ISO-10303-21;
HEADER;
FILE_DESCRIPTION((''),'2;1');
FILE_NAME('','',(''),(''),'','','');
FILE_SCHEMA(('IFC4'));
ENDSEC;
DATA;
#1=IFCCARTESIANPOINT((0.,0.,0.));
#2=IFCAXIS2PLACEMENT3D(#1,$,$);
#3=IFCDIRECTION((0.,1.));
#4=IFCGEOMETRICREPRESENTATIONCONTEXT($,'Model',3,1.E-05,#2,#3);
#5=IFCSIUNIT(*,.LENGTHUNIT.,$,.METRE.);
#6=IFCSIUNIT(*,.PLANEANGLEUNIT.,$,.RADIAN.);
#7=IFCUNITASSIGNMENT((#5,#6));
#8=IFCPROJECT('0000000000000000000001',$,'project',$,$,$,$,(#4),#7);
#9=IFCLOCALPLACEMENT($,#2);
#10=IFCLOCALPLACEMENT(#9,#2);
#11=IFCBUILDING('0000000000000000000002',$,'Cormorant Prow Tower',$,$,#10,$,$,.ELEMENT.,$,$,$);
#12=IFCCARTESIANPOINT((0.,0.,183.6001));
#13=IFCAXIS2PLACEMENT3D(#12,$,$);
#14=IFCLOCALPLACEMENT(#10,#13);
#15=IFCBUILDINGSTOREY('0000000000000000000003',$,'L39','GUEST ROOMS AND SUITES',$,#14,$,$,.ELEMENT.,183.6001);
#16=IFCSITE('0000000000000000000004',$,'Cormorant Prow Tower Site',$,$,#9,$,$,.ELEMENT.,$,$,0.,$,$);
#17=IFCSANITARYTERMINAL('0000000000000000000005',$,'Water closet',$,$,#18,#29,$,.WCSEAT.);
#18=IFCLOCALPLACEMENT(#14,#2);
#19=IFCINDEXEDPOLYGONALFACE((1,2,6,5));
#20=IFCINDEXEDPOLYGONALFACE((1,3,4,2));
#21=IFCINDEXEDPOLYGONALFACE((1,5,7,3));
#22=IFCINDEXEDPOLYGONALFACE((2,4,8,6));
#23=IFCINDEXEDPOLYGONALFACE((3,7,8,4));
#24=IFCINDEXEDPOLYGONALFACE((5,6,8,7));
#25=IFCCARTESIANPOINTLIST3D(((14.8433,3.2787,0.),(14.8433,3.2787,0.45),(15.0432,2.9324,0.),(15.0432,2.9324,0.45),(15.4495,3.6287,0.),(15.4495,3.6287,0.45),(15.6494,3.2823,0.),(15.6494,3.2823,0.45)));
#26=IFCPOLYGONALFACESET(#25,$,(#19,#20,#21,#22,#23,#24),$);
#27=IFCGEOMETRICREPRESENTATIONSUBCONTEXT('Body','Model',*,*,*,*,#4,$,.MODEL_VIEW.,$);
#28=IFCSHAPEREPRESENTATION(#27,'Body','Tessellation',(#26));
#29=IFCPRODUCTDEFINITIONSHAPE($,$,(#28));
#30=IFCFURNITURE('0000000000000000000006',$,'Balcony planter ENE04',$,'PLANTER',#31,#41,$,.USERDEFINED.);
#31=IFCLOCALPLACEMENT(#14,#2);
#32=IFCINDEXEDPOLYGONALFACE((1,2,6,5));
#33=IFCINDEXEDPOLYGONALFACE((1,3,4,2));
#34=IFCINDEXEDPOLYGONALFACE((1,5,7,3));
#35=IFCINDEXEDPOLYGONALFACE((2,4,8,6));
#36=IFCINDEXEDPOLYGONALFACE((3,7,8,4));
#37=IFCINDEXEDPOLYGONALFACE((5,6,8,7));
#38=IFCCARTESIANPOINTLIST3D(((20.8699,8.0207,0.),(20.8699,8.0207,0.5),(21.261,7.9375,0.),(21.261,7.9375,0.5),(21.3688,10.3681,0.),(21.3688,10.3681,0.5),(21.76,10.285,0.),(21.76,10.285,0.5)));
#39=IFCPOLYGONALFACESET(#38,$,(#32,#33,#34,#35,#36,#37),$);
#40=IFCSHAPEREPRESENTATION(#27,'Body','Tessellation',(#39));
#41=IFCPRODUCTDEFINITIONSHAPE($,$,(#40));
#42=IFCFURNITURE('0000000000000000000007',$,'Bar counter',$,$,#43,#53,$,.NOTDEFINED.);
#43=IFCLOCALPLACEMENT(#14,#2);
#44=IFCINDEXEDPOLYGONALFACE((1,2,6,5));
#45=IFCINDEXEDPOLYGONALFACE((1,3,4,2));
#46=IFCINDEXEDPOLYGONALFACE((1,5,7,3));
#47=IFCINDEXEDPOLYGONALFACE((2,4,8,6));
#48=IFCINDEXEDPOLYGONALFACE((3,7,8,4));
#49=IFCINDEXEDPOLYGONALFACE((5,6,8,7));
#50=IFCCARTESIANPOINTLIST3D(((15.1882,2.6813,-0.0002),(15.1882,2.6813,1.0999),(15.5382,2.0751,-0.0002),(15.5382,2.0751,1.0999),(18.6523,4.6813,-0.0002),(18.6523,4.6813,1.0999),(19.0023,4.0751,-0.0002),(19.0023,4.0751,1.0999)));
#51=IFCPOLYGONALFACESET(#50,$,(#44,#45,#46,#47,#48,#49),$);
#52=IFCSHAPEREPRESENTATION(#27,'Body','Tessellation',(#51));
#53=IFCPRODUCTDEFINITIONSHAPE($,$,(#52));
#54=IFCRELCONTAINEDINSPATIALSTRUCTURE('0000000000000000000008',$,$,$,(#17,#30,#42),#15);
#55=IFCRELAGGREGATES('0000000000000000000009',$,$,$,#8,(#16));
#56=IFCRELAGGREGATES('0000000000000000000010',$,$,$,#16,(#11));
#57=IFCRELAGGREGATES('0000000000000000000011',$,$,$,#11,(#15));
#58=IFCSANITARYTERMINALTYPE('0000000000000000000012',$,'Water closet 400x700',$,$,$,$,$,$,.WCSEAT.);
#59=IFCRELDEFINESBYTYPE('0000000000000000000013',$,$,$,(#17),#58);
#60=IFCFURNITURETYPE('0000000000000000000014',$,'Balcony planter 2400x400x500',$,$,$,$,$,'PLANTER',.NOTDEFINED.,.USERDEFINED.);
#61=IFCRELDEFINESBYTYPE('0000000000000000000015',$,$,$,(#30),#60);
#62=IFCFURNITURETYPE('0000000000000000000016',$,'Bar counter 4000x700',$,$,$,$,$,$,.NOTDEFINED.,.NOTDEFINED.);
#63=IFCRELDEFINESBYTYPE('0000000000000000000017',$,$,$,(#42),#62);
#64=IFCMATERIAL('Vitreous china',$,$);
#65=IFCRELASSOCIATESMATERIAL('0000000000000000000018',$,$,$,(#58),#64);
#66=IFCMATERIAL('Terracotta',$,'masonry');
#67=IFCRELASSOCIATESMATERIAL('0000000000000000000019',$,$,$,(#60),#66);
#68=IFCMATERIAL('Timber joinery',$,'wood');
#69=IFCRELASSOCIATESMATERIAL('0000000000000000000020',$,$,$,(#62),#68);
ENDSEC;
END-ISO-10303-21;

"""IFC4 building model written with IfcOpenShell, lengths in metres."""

from ifc_helpers import new_model, si_unit, direction, frame, origin, origin_2d, place, context, subcontext, project, spatial, rectangle, extrude, material, type_object, element, save


model = new_model("IFC4")

# Units and contexts
model_context = context("Model", 3, precision=1e-05, world=origin(), true_north=direction((0.0, 1.0)))
body_context = subcontext(model_context, "Body", "Model", "MODEL_VIEW")
ifc_project = project(units=[si_unit("LENGTHUNIT", "METRE"), si_unit("PLANEANGLEUNIT", "RADIAN")], contexts=[model_context])

# Site, building, storey
site_placement = place(None, origin())
site = spatial("IfcSite", under=ifc_project, at=site_placement, Name="Cormorant Prow Tower Site", CompositionType="ELEMENT", RefElevation=0.0)
building_placement = place(site_placement, origin())
building = spatial("IfcBuilding", under=site, at=building_placement, Name="Cormorant Prow Tower", CompositionType="ELEMENT")
storey_placement = place(building_placement, frame((0.0, 0.0, 183.6001)))
storey = spatial("IfcBuildingStorey", under=building, at=storey_placement, Name="L39", Description="GUEST ROOMS AND SUITES", CompositionType="ELEMENT", Elevation=183.6001)

# Sanitary terminal
ifc_material_1 = material(Name="Vitreous china")
sanitary_terminal_type_1 = type_object("IfcSanitaryTerminalType", Name="Water closet 400x700", PredefinedType="WCSEAT", material=ifc_material_1)
sanitary_terminal_1_placement = place(storey_placement, frame((15.2463, 3.2805, 0.0), z_axis=(0.0, 0.0, 1.0), x_axis=(-0.5, 0.866025, 0.0)))
element("IfcSanitaryTerminal", 1, at=sanitary_terminal_1_placement, inside=storey, type_object=sanitary_terminal_type_1, Name="Water closet", PredefinedType="WCSEAT", context=body_context, shape_type="SweptSolid", body=[
    extrude(rectangle(XDim=0.3999, YDim=0.7, at=origin_2d()), origin(), (0.0, 0.0, 1.0), 0.45),
])

# Furniture
ifc_material_2 = material(Name="Terracotta", Category="masonry")
furniture_type_1 = type_object("IfcFurnitureType", Name="Balcony planter 2400x400x500", ElementType="PLANTER", AssemblyPlace="NOTDEFINED", PredefinedType="USERDEFINED", material=ifc_material_2)
furniture_1_placement = place(storey_placement, frame((21.3149, 9.1528, 0.0), z_axis=(0.0, 0.0, 1.0), x_axis=(0.207912, 0.978148, 0.0)))
element("IfcFurniture", 2, at=furniture_1_placement, inside=storey, type_object=furniture_type_1, Name="Balcony planter ENE04", ObjectType="PLANTER", PredefinedType="USERDEFINED", context=body_context, shape_type="SweptSolid", body=[
    extrude(rectangle(XDim=2.3999, YDim=0.3999, at=origin_2d()), origin(), (0.0, 0.0, 1.0), 0.5),
])
ifc_material_3 = material(Name="Timber joinery", Category="wood")
furniture_type_2 = type_object("IfcFurnitureType", Name="Bar counter 4000x700", AssemblyPlace="NOTDEFINED", PredefinedType="NOTDEFINED", material=ifc_material_3)
furniture_2_placement = place(storey_placement, frame((17.0952, 3.3782, -0.0002), z_axis=(0.0, 0.0, 1.0), x_axis=(0.866025, 0.5, 0.0)))
element("IfcFurniture", 3, at=furniture_2_placement, inside=storey, type_object=furniture_type_2, Name="Bar counter", PredefinedType="NOTDEFINED", context=body_context, shape_type="SweptSolid", body=[
    extrude(rectangle(XDim=4.0, YDim=0.7, at=origin_2d()), origin(), (0.0, 0.0, 1.0), 1.1001),
])

save(model, "model.ifc")
